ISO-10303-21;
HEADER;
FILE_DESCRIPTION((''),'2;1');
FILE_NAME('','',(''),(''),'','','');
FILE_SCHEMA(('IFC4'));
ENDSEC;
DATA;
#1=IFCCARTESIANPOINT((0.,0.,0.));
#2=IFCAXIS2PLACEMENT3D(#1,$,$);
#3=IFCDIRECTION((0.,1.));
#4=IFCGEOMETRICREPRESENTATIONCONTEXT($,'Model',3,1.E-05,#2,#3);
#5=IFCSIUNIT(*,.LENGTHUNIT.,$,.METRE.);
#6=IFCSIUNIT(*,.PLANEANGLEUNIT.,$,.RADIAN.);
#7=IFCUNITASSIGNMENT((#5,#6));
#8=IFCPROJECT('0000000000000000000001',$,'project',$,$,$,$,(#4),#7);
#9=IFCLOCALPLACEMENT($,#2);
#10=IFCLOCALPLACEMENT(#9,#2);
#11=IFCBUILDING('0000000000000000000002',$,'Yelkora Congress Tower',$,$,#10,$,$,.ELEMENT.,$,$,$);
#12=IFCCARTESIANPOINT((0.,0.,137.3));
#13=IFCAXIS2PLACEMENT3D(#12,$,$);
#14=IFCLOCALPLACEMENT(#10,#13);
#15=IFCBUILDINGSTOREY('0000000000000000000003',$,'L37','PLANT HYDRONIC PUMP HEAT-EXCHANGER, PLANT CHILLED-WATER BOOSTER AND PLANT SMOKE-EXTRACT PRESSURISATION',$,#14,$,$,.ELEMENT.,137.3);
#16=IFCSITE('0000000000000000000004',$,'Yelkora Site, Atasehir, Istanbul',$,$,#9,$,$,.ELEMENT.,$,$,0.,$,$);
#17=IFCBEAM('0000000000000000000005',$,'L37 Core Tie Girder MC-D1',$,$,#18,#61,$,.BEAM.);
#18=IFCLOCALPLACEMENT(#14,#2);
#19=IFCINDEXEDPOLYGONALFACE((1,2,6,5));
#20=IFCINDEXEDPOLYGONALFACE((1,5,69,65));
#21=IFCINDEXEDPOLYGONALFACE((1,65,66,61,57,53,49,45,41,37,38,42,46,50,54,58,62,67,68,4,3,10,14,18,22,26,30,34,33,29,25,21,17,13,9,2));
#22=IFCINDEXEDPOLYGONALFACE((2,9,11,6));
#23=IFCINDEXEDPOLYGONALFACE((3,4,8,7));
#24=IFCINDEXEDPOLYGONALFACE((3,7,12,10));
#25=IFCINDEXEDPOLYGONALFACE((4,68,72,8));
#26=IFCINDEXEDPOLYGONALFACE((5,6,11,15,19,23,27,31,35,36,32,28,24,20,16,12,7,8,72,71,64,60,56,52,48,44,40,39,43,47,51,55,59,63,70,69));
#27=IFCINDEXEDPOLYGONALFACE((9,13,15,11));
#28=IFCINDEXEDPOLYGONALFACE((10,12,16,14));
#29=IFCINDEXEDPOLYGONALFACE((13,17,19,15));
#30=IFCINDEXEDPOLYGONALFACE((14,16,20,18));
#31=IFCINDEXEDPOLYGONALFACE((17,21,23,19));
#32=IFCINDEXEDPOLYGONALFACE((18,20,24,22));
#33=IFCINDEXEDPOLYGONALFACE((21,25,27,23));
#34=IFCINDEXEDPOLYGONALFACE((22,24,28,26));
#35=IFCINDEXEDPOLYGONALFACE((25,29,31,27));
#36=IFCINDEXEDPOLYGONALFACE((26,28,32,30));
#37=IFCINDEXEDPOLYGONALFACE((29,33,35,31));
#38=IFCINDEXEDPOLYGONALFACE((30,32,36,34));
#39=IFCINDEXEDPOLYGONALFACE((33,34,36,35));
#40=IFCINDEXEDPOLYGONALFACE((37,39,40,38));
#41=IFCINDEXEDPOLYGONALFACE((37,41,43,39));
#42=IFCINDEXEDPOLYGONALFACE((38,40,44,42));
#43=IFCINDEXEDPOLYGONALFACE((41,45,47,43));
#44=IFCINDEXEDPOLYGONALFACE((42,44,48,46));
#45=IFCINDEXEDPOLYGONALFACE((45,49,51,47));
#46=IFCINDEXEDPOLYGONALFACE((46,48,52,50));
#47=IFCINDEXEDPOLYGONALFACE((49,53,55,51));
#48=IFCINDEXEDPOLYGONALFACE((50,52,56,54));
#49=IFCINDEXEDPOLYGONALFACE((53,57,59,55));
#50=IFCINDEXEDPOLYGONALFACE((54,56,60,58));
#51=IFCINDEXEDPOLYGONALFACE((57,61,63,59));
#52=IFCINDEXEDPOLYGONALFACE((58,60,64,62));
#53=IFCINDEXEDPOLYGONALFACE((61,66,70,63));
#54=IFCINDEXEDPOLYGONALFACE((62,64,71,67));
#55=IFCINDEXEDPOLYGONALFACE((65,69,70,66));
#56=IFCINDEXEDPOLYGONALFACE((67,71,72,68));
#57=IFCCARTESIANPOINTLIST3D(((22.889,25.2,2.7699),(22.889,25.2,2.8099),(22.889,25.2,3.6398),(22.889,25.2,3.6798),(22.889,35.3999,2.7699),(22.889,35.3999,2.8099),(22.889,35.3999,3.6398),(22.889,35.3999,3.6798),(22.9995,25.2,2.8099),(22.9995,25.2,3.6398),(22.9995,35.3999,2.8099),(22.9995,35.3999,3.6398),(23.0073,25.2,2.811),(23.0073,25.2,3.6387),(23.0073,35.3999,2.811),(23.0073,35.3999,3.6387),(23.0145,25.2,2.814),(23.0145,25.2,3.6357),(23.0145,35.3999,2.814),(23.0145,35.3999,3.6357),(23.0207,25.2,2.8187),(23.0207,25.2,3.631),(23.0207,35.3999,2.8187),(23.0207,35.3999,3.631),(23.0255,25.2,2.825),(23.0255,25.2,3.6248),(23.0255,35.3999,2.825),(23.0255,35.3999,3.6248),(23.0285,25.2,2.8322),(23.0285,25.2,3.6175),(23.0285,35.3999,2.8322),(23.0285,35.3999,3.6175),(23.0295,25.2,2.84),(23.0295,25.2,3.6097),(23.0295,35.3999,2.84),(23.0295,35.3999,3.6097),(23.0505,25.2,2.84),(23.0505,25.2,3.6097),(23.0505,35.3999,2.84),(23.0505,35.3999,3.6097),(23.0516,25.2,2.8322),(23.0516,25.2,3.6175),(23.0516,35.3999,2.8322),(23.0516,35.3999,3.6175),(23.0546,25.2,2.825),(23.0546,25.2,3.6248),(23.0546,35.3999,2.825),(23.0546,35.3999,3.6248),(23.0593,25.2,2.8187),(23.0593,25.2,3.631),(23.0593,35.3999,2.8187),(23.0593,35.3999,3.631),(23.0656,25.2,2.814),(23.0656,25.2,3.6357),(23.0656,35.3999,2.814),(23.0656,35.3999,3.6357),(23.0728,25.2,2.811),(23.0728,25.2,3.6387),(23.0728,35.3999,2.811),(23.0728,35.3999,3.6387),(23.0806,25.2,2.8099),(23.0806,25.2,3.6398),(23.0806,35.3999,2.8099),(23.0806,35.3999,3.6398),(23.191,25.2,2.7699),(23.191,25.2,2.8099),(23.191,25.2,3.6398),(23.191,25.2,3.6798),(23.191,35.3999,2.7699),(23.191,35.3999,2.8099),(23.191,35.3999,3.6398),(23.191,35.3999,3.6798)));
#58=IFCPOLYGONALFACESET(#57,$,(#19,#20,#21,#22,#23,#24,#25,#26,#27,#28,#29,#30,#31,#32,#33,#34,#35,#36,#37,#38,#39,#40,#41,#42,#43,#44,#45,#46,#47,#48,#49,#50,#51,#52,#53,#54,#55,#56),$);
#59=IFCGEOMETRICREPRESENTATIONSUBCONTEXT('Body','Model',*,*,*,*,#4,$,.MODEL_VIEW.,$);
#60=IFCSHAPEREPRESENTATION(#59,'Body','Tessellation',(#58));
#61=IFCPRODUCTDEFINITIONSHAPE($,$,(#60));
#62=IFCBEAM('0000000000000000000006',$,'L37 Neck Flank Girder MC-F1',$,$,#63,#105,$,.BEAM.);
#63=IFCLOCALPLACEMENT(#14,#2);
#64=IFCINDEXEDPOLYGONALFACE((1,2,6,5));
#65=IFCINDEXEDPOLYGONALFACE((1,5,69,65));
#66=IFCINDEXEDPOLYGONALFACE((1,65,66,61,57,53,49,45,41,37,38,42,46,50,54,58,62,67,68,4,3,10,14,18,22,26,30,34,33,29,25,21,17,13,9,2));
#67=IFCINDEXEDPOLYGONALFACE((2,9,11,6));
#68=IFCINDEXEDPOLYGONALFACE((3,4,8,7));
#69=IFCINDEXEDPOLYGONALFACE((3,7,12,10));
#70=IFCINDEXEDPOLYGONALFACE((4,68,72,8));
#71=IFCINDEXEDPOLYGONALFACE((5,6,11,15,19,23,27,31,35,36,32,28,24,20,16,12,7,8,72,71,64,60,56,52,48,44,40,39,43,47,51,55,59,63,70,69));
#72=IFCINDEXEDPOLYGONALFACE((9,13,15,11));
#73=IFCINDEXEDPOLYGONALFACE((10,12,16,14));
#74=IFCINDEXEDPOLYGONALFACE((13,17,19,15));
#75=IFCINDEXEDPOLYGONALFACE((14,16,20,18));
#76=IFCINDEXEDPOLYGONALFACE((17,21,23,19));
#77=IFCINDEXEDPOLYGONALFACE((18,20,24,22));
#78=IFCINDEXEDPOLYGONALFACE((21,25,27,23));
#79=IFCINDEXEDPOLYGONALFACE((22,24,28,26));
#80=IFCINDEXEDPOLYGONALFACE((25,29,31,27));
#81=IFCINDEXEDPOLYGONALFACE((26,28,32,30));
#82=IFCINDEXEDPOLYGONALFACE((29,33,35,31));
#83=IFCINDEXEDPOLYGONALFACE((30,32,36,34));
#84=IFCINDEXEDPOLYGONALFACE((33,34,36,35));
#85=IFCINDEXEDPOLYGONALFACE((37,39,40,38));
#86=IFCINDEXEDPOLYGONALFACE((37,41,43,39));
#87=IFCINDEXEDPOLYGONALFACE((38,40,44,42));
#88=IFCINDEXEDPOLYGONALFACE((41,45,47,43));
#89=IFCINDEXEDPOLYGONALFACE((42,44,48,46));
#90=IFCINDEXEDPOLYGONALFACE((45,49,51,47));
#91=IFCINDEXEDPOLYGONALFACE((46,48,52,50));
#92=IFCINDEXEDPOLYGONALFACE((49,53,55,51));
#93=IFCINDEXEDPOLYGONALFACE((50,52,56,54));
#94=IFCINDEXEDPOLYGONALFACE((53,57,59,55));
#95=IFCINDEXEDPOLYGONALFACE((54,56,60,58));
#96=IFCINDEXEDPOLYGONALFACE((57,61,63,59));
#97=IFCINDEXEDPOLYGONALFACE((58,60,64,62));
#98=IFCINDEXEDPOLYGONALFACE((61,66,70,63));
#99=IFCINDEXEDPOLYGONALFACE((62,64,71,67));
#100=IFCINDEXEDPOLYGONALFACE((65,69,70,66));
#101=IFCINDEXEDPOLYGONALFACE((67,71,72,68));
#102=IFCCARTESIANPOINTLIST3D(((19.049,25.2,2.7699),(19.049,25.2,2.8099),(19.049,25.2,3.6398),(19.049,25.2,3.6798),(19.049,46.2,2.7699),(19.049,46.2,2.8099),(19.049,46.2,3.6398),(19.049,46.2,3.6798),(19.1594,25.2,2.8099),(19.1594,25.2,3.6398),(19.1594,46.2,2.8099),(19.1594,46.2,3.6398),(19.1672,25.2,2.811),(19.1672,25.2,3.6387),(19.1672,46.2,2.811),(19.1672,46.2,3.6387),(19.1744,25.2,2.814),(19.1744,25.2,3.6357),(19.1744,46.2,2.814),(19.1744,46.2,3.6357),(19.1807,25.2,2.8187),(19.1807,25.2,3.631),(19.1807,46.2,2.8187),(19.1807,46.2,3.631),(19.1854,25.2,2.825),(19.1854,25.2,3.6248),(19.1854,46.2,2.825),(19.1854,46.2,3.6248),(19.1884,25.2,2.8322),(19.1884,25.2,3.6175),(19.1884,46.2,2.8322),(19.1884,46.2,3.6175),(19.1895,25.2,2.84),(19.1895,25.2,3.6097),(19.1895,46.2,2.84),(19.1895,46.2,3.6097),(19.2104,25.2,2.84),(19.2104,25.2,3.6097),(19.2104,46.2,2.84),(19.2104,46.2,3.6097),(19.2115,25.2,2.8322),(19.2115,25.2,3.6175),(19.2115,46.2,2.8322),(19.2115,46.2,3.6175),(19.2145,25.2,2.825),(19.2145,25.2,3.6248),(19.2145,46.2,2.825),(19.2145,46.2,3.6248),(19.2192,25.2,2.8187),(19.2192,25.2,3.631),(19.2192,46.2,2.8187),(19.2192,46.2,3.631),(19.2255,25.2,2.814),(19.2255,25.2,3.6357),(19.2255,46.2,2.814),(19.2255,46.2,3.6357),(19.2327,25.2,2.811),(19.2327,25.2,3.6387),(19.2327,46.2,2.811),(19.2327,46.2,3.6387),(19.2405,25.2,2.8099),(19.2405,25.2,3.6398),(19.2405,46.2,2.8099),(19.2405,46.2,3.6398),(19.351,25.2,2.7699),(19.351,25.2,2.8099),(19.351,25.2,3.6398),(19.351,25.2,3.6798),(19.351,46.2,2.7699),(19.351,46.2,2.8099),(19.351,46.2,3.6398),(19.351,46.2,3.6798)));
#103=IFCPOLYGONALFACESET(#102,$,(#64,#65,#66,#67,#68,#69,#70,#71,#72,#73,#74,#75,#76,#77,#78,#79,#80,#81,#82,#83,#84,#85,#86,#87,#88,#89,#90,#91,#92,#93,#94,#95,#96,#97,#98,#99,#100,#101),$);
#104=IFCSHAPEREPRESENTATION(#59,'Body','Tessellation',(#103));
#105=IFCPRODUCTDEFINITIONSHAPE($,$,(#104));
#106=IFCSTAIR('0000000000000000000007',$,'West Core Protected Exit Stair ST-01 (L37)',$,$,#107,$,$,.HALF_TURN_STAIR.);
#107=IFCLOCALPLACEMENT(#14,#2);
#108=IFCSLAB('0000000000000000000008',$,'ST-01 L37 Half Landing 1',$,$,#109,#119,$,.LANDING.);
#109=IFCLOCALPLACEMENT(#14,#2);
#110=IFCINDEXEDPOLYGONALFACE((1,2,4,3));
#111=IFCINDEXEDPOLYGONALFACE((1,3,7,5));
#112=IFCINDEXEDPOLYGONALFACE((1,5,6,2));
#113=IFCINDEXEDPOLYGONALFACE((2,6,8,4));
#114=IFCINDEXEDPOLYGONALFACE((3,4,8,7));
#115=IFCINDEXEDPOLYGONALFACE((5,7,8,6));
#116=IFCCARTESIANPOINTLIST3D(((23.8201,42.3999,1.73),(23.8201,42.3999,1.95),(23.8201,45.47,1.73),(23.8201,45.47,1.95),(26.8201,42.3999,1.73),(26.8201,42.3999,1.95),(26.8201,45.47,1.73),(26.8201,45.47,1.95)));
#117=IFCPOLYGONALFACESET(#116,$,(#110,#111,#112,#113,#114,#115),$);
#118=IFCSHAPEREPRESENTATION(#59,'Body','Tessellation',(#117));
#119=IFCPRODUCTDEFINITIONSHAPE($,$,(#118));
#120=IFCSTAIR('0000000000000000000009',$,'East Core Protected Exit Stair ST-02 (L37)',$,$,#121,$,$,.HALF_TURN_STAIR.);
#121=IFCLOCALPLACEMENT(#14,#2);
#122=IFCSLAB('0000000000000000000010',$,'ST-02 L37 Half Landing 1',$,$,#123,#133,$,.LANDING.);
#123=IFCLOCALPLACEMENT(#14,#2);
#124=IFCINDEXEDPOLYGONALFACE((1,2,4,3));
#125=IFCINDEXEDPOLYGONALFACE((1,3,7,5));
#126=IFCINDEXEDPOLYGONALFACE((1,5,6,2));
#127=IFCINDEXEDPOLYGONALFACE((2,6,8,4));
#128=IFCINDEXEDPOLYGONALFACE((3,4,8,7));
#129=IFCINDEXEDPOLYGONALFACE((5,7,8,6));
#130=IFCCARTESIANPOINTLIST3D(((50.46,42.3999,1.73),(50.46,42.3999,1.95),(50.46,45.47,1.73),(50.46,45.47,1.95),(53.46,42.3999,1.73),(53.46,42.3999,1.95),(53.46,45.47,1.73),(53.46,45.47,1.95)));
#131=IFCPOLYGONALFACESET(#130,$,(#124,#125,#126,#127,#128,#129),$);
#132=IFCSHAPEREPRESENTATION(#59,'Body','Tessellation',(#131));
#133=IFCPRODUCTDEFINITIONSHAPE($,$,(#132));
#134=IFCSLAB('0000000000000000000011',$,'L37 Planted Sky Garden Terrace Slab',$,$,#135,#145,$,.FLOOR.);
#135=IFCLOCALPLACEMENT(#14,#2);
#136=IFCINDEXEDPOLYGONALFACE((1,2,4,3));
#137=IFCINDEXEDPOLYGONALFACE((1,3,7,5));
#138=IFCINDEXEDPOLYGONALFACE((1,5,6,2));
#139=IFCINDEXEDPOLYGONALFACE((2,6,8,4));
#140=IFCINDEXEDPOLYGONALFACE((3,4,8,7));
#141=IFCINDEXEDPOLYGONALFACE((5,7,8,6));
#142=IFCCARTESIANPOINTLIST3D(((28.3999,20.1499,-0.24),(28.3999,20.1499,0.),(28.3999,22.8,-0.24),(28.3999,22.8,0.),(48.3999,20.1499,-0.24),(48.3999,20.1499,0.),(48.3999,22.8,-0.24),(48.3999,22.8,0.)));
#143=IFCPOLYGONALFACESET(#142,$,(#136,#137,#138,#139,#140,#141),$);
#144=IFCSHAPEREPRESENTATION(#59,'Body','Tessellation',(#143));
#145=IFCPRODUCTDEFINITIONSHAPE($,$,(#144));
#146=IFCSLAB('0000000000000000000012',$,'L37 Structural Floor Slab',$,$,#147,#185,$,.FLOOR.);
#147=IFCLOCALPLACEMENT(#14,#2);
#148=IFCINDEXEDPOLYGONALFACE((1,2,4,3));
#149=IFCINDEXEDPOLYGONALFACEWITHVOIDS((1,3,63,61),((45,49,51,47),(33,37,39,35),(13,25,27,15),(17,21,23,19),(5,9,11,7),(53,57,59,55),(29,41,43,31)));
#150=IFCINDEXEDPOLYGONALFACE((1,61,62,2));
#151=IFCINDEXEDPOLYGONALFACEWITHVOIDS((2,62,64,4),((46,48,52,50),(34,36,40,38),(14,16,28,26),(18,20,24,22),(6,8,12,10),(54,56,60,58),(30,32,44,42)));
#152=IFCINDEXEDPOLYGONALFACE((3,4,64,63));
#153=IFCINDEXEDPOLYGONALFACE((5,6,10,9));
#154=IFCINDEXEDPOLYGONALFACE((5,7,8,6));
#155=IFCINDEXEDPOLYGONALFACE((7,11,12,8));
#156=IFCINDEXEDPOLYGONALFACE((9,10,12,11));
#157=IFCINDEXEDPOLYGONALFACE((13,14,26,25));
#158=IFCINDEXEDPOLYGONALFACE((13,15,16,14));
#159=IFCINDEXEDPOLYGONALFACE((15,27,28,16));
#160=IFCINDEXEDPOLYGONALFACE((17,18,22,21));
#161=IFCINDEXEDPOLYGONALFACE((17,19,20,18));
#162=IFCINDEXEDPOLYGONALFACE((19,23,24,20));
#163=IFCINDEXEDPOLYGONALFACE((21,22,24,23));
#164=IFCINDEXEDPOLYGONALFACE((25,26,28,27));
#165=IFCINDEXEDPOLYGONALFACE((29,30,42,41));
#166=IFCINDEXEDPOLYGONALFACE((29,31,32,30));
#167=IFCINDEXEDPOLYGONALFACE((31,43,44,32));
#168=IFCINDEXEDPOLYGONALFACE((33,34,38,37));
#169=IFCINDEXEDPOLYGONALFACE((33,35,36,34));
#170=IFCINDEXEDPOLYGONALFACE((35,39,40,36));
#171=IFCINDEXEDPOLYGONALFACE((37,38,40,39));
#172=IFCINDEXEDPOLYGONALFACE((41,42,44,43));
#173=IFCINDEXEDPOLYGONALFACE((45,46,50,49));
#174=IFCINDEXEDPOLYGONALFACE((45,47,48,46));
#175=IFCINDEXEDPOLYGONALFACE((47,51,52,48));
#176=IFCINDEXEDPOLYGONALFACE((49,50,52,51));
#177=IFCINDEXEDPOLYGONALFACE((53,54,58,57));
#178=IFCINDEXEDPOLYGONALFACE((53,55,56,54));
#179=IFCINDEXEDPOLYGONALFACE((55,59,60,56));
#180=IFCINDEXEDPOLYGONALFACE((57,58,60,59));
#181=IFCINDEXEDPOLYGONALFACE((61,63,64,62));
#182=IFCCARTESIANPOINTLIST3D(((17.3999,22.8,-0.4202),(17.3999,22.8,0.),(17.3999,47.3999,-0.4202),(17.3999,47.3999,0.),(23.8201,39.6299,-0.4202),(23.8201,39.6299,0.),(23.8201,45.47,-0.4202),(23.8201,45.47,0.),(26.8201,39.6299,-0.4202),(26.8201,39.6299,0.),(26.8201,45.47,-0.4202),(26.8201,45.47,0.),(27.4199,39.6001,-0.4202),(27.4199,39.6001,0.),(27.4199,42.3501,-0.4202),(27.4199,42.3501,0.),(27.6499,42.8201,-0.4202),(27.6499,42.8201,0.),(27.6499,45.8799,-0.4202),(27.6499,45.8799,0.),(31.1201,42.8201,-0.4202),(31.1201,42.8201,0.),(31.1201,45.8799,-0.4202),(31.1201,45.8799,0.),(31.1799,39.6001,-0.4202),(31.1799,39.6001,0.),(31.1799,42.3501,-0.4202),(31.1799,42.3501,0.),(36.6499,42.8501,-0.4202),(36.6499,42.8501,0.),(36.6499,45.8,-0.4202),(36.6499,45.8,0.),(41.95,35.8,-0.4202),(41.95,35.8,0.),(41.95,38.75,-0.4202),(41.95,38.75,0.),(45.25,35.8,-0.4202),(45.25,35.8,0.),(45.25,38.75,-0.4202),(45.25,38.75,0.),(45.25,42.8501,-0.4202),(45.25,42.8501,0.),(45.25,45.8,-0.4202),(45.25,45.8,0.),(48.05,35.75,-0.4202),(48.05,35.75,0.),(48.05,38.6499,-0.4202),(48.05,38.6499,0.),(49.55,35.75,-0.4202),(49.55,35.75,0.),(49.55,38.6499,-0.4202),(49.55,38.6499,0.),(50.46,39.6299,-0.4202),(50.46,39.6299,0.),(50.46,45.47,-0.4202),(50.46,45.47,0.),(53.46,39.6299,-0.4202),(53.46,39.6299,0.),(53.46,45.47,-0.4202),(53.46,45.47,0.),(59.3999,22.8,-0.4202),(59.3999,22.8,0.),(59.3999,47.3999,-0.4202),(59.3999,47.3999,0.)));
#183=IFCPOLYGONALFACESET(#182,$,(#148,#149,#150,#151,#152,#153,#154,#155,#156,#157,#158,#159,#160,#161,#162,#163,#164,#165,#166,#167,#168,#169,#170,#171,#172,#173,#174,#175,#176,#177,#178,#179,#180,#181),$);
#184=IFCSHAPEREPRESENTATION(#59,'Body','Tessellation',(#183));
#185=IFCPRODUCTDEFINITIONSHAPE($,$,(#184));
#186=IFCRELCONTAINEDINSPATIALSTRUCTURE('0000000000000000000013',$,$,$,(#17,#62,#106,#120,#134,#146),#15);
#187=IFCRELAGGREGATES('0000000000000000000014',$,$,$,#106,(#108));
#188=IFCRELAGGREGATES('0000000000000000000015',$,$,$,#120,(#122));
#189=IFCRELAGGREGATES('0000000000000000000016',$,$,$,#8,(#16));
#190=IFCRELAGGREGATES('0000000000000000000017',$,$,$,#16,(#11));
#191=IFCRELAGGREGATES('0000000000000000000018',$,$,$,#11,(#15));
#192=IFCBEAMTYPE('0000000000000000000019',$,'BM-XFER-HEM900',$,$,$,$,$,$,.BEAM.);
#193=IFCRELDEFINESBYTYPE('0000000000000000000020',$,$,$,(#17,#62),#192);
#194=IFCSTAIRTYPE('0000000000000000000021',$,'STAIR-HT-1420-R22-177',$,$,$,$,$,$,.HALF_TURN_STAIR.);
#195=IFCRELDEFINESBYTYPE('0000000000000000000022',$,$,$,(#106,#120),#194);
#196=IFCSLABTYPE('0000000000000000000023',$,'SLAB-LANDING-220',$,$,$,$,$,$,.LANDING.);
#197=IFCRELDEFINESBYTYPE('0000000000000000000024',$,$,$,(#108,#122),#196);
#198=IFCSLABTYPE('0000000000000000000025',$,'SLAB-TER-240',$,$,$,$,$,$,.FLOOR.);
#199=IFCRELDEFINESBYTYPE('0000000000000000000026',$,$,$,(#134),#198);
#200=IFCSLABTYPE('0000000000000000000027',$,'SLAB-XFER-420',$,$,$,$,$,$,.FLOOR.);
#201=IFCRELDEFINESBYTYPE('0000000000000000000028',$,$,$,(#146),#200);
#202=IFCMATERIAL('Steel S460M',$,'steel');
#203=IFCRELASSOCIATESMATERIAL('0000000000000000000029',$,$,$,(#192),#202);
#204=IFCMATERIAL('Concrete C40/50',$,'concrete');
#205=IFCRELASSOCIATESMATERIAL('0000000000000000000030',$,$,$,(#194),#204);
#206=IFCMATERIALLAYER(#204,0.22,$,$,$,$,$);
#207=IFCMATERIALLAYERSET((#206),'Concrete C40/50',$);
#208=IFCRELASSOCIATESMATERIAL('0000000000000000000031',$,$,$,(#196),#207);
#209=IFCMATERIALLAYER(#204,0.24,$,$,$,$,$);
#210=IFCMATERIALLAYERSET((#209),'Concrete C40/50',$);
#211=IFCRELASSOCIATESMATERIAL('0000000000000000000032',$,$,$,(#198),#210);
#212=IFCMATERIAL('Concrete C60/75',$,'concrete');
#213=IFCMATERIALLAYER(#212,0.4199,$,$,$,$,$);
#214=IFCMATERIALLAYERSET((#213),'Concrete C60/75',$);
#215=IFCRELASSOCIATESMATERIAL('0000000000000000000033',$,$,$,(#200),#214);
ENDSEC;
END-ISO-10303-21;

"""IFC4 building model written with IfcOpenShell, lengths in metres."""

from ifc_helpers import new_model, si_unit, direction, frame, origin, origin_2d, place, context, subcontext, project, spatial, polyline, i_section, outline, extrude, material, layer, layer_set, material_profile, profile_set, type_object, element, aggregate, save


model = new_model("IFC4")

# Units and contexts
model_context = context("Model", 3, precision=1e-05, world=origin(), true_north=direction((0.0, 1.0)))
body_context = subcontext(model_context, "Body", "Model", "MODEL_VIEW")
ifc_project = project(units=[si_unit("LENGTHUNIT", "METRE"), si_unit("PLANEANGLEUNIT", "RADIAN")], contexts=[model_context])

# Site, building, storey
site_placement = place(None, origin())
site = spatial("IfcSite", under=ifc_project, at=site_placement, Name="Yelkora Site, Atasehir, Istanbul", CompositionType="ELEMENT", RefElevation=0.0)
building_placement = place(site_placement, origin())
building = spatial("IfcBuilding", under=site, at=building_placement, Name="Yelkora Congress Tower", CompositionType="ELEMENT")
storey_placement = place(building_placement, frame((0.0, 0.0, 137.3)))
storey = spatial("IfcBuildingStorey", under=building, at=storey_placement, Name="L37", Description="PLANT HYDRONIC PUMP HEAT-EXCHANGER, PLANT CHILLED-WATER BOOSTER AND PLANT SMOKE-EXTRACT PRESSURISATION", CompositionType="ELEMENT", Elevation=137.3)

# Shared definitions
ifc_material_1 = material(Name="Steel S460M", Category="steel")

# Beams
ifc_material_profile_1 = material_profile(ifc_material_1, i_section(OverallWidth=0.302, OverallDepth=0.9099, WebThickness=0.021, FlangeThickness=0.04, FilletRadius=0.03, at=origin_2d()), Name="HEM 900")
ifc_profile_set_1 = profile_set([ifc_material_profile_1], Name="Steel S460M")
beam_type = type_object("IfcBeamType", Name="BM-XFER-HEM900", PredefinedType="BEAM", material=ifc_profile_set_1)
beam_1_placement = place(storey_placement, frame((23.04, 25.2, 3.2249), z_axis=(0.0, 1.0, 0.0), x_axis=(-1.0, 0.0, 0.0)))
element("IfcBeam", 1, at=beam_1_placement, inside=storey, type_object=beam_type, Name="L37 Core Tie Girder MC-D1", PredefinedType="BEAM", context=body_context, shape_type="SweptSolid", body=[
    extrude(i_section(OverallWidth=0.302, OverallDepth=0.9099, WebThickness=0.021, FlangeThickness=0.04, FilletRadius=0.03, at=origin_2d()), origin(), (0.0, 0.0, 1.0), 10.2),
])
beam_2_placement = place(storey_placement, frame((19.2, 25.2, 3.2249), z_axis=(0.0, 1.0, 0.0), x_axis=(-1.0, 0.0, 0.0)))
element("IfcBeam", 2, at=beam_2_placement, inside=storey, type_object=beam_type, Name="L37 Neck Flank Girder MC-F1", PredefinedType="BEAM", context=body_context, shape_type="SweptSolid", body=[
    extrude(i_section(OverallWidth=0.302, OverallDepth=0.9099, WebThickness=0.021, FlangeThickness=0.04, FilletRadius=0.03, at=origin_2d()), origin(), (0.0, 0.0, 1.0), 21.0),
])

# Stairs, slabs
ifc_material_2 = material(Name="Concrete C40/50", Category="concrete")
stair_type = type_object("IfcStairType", Name="STAIR-HT-1420-R22-177", PredefinedType="HALF_TURN_STAIR", material=ifc_material_2)
stair_1_placement = place(storey_placement, origin())
stair_1 = element("IfcStair", 3, at=stair_1_placement, inside=storey, type_object=stair_type, Name="West Core Protected Exit Stair ST-01 (L37)", PredefinedType="HALF_TURN_STAIR")
ifc_layer_1 = layer(ifc_material_2, 0.22)
ifc_layer_set_1 = layer_set([ifc_layer_1], Name="Concrete C40/50")
slab_type_1 = type_object("IfcSlabType", Name="SLAB-LANDING-220", PredefinedType="LANDING", material=ifc_layer_set_1)
slab_1_placement = place(storey_placement, frame((0.0, 0.0, 1.73)))
slab_1 = element("IfcSlab", 4, at=slab_1_placement, type_object=slab_type_1, Name="ST-01 L37 Half Landing 1", PredefinedType="LANDING", context=body_context, shape_type="SweptSolid", body=[
    extrude(outline(polyline([(26.8201, 42.3999), (26.8201, 45.47), (23.8201, 45.47), (23.8201, 42.3999), (26.8201, 42.3999)])), origin(), (0.0, 0.0, 1.0), 0.22),
])
aggregate(stair_1, [slab_1])
stair_2_placement = place(storey_placement, origin())
stair_2 = element("IfcStair", 5, at=stair_2_placement, inside=storey, type_object=stair_type, Name="East Core Protected Exit Stair ST-02 (L37)", PredefinedType="HALF_TURN_STAIR")
slab_2_placement = place(storey_placement, frame((0.0, 0.0, 1.73)))
slab_2 = element("IfcSlab", 6, at=slab_2_placement, type_object=slab_type_1, Name="ST-02 L37 Half Landing 1", PredefinedType="LANDING", context=body_context, shape_type="SweptSolid", body=[
    extrude(outline(polyline([(53.46, 42.3999), (53.46, 45.47), (50.46, 45.47), (50.46, 42.3999), (53.46, 42.3999)])), origin(), (0.0, 0.0, 1.0), 0.22),
])
aggregate(stair_2, [slab_2])

# Slabs
ifc_layer_2 = layer(ifc_material_2, 0.24)
ifc_layer_set_2 = layer_set([ifc_layer_2], Name="Concrete C40/50")
slab_type_2 = type_object("IfcSlabType", Name="SLAB-TER-240", PredefinedType="FLOOR", material=ifc_layer_set_2)
slab_3_placement = place(storey_placement, frame((0.0, 0.0, -0.24)))
element("IfcSlab", 7, at=slab_3_placement, inside=storey, type_object=slab_type_2, Name="L37 Planted Sky Garden Terrace Slab", PredefinedType="FLOOR", context=body_context, shape_type="SweptSolid", body=[
    extrude(outline(polyline([(28.3999, 20.1499), (28.3999, 22.8), (48.3999, 22.8), (48.3999, 20.1499), (28.3999, 20.1499)])), origin(), (0.0, 0.0, 1.0), 0.24),
])
ifc_material_3 = material(Name="Concrete C60/75", Category="concrete")
ifc_layer_3 = layer(ifc_material_3, 0.4199)
ifc_layer_set_3 = layer_set([ifc_layer_3], Name="Concrete C60/75")
slab_type_3 = type_object("IfcSlabType", Name="SLAB-XFER-420", PredefinedType="FLOOR", material=ifc_layer_set_3)
slab_4_placement = place(storey_placement, frame((0.0, 0.0, -0.4202)))
element("IfcSlab", 8, at=slab_4_placement, inside=storey, type_object=slab_type_3, Name="L37 Structural Floor Slab", PredefinedType="FLOOR", context=body_context, shape_type="SweptSolid", body=[
    extrude(outline(polyline([(17.3999, 22.8), (59.3999, 22.8), (59.3999, 47.3999), (17.3999, 47.3999), (17.3999, 22.8)]), holes=[polyline([(23.8201, 39.6299), (26.8201, 39.6299), (26.8201, 45.47), (23.8201, 45.47), (23.8201, 39.6299)]), polyline([(50.46, 39.6299), (53.46, 39.6299), (53.46, 45.47), (50.46, 45.47), (50.46, 39.6299)]), polyline([(48.05, 35.75), (49.55, 35.75), (49.55, 38.6499), (48.05, 38.6499), (48.05, 35.75)]), polyline([(36.6499, 42.8501), (45.25, 42.8501), (45.25, 45.8), (36.6499, 45.8), (36.6499, 42.8501)]), polyline([(41.95, 35.8), (45.25, 35.8), (45.25, 38.75), (41.95, 38.75), (41.95, 35.8)]), polyline([(27.4199, 39.6001), (31.1799, 39.6001), (31.1799, 42.3501), (27.4199, 42.3501), (27.4199, 39.6001)]), polyline([(27.6499, 42.8201), (31.1201, 42.8201), (31.1201, 45.8799), (27.6499, 45.8799), (27.6499, 42.8201)])]), origin(), (0.0, 0.0, 1.0), 0.4202),
])

save(model, "model.ifc")
